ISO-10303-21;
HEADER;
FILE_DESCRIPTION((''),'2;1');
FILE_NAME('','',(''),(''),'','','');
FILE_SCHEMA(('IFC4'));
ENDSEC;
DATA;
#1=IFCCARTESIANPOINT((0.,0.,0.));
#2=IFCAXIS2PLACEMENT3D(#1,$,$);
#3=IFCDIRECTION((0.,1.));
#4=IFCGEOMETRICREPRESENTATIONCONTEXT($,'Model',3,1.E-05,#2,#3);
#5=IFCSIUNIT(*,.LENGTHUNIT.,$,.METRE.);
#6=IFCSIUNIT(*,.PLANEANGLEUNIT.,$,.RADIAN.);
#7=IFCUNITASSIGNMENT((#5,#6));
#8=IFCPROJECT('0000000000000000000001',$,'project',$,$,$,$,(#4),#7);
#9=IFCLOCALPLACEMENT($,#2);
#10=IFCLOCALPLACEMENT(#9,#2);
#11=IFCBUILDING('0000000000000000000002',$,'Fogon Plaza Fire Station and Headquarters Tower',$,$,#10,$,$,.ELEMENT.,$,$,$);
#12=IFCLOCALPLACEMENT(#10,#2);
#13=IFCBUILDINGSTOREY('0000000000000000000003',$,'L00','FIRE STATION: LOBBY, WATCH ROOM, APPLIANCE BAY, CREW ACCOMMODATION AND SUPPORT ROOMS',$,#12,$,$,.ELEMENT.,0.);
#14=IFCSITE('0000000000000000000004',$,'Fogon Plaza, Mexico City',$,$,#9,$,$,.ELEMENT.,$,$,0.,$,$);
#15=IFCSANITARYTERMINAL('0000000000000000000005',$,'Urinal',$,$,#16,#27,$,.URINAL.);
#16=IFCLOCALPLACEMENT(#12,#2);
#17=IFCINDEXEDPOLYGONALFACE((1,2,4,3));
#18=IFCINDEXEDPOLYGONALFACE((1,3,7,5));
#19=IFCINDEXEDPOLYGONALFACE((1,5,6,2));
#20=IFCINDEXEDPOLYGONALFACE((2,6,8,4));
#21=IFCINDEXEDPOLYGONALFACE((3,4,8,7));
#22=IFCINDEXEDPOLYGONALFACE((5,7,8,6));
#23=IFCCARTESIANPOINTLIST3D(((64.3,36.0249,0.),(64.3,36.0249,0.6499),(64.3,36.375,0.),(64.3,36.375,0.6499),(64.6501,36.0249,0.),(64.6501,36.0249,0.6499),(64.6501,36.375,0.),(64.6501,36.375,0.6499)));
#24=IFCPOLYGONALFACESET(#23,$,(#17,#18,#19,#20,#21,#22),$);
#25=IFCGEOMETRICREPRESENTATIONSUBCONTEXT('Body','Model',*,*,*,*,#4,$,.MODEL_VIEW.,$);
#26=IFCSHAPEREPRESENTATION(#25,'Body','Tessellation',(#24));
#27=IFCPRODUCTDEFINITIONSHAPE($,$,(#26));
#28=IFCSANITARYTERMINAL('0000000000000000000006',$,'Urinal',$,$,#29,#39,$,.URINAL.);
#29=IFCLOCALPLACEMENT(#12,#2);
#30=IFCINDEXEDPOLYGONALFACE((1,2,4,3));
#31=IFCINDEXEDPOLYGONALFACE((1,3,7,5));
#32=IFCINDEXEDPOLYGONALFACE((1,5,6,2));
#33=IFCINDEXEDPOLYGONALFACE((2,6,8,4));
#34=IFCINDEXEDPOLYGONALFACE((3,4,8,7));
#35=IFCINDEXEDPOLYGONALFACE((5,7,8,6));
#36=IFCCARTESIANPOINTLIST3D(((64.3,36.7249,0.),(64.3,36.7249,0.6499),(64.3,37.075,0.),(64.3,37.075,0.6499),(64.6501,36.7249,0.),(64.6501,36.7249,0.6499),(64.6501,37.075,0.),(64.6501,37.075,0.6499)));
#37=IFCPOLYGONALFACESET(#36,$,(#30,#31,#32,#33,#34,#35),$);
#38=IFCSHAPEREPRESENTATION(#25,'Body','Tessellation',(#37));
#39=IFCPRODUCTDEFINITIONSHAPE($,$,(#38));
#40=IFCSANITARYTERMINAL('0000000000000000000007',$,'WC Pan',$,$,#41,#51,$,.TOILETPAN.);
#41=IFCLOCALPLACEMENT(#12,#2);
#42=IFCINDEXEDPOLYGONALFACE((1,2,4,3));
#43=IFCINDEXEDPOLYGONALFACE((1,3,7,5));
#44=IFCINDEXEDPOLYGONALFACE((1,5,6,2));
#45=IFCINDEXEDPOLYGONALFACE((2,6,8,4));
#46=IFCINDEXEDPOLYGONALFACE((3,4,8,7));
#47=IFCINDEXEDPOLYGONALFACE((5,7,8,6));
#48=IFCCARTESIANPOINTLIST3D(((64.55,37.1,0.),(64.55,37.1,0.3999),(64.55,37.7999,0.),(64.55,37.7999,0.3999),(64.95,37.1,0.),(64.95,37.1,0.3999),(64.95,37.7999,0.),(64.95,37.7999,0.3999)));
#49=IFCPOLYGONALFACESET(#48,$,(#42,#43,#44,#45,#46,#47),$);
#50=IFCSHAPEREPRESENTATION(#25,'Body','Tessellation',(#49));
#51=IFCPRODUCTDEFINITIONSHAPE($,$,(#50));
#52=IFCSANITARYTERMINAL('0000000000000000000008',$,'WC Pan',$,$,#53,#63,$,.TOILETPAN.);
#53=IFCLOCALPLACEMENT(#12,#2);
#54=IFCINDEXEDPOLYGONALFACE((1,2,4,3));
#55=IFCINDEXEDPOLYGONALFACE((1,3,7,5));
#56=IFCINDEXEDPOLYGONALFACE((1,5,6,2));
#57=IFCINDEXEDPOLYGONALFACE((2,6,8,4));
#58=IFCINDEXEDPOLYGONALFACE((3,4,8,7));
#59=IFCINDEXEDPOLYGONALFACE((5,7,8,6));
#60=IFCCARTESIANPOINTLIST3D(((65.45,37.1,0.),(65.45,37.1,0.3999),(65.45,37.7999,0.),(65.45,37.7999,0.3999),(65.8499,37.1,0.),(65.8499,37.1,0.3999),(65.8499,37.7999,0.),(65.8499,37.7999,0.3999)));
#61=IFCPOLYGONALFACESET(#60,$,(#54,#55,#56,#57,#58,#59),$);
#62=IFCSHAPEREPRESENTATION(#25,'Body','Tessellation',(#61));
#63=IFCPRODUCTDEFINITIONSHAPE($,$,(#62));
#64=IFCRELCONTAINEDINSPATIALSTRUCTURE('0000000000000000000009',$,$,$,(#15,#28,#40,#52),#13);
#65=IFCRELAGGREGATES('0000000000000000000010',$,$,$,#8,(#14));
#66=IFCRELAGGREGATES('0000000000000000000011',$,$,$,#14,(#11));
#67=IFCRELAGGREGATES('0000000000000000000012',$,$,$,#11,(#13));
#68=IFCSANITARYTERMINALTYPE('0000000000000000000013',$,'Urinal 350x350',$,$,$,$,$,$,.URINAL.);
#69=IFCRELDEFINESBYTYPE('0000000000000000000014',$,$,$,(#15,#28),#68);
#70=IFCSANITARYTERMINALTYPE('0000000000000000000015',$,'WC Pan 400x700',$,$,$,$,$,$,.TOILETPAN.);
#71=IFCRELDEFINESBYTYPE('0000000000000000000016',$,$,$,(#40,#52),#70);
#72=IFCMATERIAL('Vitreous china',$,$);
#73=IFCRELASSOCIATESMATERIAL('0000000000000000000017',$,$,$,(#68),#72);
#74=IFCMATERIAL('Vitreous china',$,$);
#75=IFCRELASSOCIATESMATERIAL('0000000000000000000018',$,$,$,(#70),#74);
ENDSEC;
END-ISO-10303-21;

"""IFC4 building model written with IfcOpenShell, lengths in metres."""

from ifc_helpers import new_model, si_unit, direction, frame, origin, origin_2d, place, context, subcontext, project, spatial, rectangle, extrude, material, type_object, element, save


model = new_model("IFC4")

# Units and contexts
model_context = context("Model", 3, precision=1e-05, world=origin(), true_north=direction((0.0, 1.0)))
body_context = subcontext(model_context, "Body", "Model", "MODEL_VIEW")
ifc_project = project(units=[si_unit("LENGTHUNIT", "METRE"), si_unit("PLANEANGLEUNIT", "RADIAN")], contexts=[model_context])

# Site, building, storey
site_placement = place(None, origin())
site = spatial("IfcSite", under=ifc_project, at=site_placement, Name="Fogon Plaza, Mexico City", CompositionType="ELEMENT", RefElevation=0.0)
building_placement = place(site_placement, origin())
building = spatial("IfcBuilding", under=site, at=building_placement, Name="Fogon Plaza Fire Station and Headquarters Tower", CompositionType="ELEMENT")
storey_placement = place(building_placement, origin())
storey = spatial("IfcBuildingStorey", under=building, at=storey_placement, Name="L00", Description="FIRE STATION: LOBBY, WATCH ROOM, APPLIANCE BAY, CREW ACCOMMODATION AND SUPPORT ROOMS", CompositionType="ELEMENT", Elevation=0.0)

# Sanitary terminals
ifc_material_1 = material(Name="Vitreous china")
sanitary_terminal_type_1 = type_object("IfcSanitaryTerminalType", Name="Urinal 350x350", PredefinedType="URINAL", material=ifc_material_1)
for number, where, z_axis, x_axis, name in (
    (1, (64.4751, 36.2, 0.0), (0.0, 0.0, 1.0), (1.0, 0.0, 0.0), "Urinal"),
    (2, (64.4751, 36.8999, 0.0), (0.0, 0.0, 1.0), (1.0, 0.0, 0.0), "Urinal"),
):
    element("IfcSanitaryTerminal", number, at=place(storey_placement, frame(where, z_axis=z_axis, x_axis=x_axis)), inside=storey, type_object=sanitary_terminal_type_1, Name=name, PredefinedType="URINAL", context=body_context, shape_type="SweptSolid", body=[
        extrude(rectangle(XDim=0.3501, YDim=0.3501, at=origin_2d()), origin(), (0.0, 0.0, 1.0), 0.6499),
    ])
ifc_material_2 = material(Name="Vitreous china")
sanitary_terminal_type_2 = type_object("IfcSanitaryTerminalType", Name="WC Pan 400x700", PredefinedType="TOILETPAN", material=ifc_material_2)
for number, where, z_axis, x_axis, name in (
    (3, (64.75, 37.45, 0.0), (0.0, 0.0, 1.0), (1.0, 0.0, 0.0), "WC Pan"),
    (4, (65.6499, 37.45, 0.0), (0.0, 0.0, 1.0), (1.0, 0.0, 0.0), "WC Pan"),
):
    element("IfcSanitaryTerminal", number, at=place(storey_placement, frame(where, z_axis=z_axis, x_axis=x_axis)), inside=storey, type_object=sanitary_terminal_type_2, Name=name, PredefinedType="TOILETPAN", context=body_context, shape_type="SweptSolid", body=[
        extrude(rectangle(XDim=0.3999, YDim=0.7, at=origin_2d()), origin(), (0.0, 0.0, 1.0), 0.3999),
    ])

save(model, "model.ifc")
